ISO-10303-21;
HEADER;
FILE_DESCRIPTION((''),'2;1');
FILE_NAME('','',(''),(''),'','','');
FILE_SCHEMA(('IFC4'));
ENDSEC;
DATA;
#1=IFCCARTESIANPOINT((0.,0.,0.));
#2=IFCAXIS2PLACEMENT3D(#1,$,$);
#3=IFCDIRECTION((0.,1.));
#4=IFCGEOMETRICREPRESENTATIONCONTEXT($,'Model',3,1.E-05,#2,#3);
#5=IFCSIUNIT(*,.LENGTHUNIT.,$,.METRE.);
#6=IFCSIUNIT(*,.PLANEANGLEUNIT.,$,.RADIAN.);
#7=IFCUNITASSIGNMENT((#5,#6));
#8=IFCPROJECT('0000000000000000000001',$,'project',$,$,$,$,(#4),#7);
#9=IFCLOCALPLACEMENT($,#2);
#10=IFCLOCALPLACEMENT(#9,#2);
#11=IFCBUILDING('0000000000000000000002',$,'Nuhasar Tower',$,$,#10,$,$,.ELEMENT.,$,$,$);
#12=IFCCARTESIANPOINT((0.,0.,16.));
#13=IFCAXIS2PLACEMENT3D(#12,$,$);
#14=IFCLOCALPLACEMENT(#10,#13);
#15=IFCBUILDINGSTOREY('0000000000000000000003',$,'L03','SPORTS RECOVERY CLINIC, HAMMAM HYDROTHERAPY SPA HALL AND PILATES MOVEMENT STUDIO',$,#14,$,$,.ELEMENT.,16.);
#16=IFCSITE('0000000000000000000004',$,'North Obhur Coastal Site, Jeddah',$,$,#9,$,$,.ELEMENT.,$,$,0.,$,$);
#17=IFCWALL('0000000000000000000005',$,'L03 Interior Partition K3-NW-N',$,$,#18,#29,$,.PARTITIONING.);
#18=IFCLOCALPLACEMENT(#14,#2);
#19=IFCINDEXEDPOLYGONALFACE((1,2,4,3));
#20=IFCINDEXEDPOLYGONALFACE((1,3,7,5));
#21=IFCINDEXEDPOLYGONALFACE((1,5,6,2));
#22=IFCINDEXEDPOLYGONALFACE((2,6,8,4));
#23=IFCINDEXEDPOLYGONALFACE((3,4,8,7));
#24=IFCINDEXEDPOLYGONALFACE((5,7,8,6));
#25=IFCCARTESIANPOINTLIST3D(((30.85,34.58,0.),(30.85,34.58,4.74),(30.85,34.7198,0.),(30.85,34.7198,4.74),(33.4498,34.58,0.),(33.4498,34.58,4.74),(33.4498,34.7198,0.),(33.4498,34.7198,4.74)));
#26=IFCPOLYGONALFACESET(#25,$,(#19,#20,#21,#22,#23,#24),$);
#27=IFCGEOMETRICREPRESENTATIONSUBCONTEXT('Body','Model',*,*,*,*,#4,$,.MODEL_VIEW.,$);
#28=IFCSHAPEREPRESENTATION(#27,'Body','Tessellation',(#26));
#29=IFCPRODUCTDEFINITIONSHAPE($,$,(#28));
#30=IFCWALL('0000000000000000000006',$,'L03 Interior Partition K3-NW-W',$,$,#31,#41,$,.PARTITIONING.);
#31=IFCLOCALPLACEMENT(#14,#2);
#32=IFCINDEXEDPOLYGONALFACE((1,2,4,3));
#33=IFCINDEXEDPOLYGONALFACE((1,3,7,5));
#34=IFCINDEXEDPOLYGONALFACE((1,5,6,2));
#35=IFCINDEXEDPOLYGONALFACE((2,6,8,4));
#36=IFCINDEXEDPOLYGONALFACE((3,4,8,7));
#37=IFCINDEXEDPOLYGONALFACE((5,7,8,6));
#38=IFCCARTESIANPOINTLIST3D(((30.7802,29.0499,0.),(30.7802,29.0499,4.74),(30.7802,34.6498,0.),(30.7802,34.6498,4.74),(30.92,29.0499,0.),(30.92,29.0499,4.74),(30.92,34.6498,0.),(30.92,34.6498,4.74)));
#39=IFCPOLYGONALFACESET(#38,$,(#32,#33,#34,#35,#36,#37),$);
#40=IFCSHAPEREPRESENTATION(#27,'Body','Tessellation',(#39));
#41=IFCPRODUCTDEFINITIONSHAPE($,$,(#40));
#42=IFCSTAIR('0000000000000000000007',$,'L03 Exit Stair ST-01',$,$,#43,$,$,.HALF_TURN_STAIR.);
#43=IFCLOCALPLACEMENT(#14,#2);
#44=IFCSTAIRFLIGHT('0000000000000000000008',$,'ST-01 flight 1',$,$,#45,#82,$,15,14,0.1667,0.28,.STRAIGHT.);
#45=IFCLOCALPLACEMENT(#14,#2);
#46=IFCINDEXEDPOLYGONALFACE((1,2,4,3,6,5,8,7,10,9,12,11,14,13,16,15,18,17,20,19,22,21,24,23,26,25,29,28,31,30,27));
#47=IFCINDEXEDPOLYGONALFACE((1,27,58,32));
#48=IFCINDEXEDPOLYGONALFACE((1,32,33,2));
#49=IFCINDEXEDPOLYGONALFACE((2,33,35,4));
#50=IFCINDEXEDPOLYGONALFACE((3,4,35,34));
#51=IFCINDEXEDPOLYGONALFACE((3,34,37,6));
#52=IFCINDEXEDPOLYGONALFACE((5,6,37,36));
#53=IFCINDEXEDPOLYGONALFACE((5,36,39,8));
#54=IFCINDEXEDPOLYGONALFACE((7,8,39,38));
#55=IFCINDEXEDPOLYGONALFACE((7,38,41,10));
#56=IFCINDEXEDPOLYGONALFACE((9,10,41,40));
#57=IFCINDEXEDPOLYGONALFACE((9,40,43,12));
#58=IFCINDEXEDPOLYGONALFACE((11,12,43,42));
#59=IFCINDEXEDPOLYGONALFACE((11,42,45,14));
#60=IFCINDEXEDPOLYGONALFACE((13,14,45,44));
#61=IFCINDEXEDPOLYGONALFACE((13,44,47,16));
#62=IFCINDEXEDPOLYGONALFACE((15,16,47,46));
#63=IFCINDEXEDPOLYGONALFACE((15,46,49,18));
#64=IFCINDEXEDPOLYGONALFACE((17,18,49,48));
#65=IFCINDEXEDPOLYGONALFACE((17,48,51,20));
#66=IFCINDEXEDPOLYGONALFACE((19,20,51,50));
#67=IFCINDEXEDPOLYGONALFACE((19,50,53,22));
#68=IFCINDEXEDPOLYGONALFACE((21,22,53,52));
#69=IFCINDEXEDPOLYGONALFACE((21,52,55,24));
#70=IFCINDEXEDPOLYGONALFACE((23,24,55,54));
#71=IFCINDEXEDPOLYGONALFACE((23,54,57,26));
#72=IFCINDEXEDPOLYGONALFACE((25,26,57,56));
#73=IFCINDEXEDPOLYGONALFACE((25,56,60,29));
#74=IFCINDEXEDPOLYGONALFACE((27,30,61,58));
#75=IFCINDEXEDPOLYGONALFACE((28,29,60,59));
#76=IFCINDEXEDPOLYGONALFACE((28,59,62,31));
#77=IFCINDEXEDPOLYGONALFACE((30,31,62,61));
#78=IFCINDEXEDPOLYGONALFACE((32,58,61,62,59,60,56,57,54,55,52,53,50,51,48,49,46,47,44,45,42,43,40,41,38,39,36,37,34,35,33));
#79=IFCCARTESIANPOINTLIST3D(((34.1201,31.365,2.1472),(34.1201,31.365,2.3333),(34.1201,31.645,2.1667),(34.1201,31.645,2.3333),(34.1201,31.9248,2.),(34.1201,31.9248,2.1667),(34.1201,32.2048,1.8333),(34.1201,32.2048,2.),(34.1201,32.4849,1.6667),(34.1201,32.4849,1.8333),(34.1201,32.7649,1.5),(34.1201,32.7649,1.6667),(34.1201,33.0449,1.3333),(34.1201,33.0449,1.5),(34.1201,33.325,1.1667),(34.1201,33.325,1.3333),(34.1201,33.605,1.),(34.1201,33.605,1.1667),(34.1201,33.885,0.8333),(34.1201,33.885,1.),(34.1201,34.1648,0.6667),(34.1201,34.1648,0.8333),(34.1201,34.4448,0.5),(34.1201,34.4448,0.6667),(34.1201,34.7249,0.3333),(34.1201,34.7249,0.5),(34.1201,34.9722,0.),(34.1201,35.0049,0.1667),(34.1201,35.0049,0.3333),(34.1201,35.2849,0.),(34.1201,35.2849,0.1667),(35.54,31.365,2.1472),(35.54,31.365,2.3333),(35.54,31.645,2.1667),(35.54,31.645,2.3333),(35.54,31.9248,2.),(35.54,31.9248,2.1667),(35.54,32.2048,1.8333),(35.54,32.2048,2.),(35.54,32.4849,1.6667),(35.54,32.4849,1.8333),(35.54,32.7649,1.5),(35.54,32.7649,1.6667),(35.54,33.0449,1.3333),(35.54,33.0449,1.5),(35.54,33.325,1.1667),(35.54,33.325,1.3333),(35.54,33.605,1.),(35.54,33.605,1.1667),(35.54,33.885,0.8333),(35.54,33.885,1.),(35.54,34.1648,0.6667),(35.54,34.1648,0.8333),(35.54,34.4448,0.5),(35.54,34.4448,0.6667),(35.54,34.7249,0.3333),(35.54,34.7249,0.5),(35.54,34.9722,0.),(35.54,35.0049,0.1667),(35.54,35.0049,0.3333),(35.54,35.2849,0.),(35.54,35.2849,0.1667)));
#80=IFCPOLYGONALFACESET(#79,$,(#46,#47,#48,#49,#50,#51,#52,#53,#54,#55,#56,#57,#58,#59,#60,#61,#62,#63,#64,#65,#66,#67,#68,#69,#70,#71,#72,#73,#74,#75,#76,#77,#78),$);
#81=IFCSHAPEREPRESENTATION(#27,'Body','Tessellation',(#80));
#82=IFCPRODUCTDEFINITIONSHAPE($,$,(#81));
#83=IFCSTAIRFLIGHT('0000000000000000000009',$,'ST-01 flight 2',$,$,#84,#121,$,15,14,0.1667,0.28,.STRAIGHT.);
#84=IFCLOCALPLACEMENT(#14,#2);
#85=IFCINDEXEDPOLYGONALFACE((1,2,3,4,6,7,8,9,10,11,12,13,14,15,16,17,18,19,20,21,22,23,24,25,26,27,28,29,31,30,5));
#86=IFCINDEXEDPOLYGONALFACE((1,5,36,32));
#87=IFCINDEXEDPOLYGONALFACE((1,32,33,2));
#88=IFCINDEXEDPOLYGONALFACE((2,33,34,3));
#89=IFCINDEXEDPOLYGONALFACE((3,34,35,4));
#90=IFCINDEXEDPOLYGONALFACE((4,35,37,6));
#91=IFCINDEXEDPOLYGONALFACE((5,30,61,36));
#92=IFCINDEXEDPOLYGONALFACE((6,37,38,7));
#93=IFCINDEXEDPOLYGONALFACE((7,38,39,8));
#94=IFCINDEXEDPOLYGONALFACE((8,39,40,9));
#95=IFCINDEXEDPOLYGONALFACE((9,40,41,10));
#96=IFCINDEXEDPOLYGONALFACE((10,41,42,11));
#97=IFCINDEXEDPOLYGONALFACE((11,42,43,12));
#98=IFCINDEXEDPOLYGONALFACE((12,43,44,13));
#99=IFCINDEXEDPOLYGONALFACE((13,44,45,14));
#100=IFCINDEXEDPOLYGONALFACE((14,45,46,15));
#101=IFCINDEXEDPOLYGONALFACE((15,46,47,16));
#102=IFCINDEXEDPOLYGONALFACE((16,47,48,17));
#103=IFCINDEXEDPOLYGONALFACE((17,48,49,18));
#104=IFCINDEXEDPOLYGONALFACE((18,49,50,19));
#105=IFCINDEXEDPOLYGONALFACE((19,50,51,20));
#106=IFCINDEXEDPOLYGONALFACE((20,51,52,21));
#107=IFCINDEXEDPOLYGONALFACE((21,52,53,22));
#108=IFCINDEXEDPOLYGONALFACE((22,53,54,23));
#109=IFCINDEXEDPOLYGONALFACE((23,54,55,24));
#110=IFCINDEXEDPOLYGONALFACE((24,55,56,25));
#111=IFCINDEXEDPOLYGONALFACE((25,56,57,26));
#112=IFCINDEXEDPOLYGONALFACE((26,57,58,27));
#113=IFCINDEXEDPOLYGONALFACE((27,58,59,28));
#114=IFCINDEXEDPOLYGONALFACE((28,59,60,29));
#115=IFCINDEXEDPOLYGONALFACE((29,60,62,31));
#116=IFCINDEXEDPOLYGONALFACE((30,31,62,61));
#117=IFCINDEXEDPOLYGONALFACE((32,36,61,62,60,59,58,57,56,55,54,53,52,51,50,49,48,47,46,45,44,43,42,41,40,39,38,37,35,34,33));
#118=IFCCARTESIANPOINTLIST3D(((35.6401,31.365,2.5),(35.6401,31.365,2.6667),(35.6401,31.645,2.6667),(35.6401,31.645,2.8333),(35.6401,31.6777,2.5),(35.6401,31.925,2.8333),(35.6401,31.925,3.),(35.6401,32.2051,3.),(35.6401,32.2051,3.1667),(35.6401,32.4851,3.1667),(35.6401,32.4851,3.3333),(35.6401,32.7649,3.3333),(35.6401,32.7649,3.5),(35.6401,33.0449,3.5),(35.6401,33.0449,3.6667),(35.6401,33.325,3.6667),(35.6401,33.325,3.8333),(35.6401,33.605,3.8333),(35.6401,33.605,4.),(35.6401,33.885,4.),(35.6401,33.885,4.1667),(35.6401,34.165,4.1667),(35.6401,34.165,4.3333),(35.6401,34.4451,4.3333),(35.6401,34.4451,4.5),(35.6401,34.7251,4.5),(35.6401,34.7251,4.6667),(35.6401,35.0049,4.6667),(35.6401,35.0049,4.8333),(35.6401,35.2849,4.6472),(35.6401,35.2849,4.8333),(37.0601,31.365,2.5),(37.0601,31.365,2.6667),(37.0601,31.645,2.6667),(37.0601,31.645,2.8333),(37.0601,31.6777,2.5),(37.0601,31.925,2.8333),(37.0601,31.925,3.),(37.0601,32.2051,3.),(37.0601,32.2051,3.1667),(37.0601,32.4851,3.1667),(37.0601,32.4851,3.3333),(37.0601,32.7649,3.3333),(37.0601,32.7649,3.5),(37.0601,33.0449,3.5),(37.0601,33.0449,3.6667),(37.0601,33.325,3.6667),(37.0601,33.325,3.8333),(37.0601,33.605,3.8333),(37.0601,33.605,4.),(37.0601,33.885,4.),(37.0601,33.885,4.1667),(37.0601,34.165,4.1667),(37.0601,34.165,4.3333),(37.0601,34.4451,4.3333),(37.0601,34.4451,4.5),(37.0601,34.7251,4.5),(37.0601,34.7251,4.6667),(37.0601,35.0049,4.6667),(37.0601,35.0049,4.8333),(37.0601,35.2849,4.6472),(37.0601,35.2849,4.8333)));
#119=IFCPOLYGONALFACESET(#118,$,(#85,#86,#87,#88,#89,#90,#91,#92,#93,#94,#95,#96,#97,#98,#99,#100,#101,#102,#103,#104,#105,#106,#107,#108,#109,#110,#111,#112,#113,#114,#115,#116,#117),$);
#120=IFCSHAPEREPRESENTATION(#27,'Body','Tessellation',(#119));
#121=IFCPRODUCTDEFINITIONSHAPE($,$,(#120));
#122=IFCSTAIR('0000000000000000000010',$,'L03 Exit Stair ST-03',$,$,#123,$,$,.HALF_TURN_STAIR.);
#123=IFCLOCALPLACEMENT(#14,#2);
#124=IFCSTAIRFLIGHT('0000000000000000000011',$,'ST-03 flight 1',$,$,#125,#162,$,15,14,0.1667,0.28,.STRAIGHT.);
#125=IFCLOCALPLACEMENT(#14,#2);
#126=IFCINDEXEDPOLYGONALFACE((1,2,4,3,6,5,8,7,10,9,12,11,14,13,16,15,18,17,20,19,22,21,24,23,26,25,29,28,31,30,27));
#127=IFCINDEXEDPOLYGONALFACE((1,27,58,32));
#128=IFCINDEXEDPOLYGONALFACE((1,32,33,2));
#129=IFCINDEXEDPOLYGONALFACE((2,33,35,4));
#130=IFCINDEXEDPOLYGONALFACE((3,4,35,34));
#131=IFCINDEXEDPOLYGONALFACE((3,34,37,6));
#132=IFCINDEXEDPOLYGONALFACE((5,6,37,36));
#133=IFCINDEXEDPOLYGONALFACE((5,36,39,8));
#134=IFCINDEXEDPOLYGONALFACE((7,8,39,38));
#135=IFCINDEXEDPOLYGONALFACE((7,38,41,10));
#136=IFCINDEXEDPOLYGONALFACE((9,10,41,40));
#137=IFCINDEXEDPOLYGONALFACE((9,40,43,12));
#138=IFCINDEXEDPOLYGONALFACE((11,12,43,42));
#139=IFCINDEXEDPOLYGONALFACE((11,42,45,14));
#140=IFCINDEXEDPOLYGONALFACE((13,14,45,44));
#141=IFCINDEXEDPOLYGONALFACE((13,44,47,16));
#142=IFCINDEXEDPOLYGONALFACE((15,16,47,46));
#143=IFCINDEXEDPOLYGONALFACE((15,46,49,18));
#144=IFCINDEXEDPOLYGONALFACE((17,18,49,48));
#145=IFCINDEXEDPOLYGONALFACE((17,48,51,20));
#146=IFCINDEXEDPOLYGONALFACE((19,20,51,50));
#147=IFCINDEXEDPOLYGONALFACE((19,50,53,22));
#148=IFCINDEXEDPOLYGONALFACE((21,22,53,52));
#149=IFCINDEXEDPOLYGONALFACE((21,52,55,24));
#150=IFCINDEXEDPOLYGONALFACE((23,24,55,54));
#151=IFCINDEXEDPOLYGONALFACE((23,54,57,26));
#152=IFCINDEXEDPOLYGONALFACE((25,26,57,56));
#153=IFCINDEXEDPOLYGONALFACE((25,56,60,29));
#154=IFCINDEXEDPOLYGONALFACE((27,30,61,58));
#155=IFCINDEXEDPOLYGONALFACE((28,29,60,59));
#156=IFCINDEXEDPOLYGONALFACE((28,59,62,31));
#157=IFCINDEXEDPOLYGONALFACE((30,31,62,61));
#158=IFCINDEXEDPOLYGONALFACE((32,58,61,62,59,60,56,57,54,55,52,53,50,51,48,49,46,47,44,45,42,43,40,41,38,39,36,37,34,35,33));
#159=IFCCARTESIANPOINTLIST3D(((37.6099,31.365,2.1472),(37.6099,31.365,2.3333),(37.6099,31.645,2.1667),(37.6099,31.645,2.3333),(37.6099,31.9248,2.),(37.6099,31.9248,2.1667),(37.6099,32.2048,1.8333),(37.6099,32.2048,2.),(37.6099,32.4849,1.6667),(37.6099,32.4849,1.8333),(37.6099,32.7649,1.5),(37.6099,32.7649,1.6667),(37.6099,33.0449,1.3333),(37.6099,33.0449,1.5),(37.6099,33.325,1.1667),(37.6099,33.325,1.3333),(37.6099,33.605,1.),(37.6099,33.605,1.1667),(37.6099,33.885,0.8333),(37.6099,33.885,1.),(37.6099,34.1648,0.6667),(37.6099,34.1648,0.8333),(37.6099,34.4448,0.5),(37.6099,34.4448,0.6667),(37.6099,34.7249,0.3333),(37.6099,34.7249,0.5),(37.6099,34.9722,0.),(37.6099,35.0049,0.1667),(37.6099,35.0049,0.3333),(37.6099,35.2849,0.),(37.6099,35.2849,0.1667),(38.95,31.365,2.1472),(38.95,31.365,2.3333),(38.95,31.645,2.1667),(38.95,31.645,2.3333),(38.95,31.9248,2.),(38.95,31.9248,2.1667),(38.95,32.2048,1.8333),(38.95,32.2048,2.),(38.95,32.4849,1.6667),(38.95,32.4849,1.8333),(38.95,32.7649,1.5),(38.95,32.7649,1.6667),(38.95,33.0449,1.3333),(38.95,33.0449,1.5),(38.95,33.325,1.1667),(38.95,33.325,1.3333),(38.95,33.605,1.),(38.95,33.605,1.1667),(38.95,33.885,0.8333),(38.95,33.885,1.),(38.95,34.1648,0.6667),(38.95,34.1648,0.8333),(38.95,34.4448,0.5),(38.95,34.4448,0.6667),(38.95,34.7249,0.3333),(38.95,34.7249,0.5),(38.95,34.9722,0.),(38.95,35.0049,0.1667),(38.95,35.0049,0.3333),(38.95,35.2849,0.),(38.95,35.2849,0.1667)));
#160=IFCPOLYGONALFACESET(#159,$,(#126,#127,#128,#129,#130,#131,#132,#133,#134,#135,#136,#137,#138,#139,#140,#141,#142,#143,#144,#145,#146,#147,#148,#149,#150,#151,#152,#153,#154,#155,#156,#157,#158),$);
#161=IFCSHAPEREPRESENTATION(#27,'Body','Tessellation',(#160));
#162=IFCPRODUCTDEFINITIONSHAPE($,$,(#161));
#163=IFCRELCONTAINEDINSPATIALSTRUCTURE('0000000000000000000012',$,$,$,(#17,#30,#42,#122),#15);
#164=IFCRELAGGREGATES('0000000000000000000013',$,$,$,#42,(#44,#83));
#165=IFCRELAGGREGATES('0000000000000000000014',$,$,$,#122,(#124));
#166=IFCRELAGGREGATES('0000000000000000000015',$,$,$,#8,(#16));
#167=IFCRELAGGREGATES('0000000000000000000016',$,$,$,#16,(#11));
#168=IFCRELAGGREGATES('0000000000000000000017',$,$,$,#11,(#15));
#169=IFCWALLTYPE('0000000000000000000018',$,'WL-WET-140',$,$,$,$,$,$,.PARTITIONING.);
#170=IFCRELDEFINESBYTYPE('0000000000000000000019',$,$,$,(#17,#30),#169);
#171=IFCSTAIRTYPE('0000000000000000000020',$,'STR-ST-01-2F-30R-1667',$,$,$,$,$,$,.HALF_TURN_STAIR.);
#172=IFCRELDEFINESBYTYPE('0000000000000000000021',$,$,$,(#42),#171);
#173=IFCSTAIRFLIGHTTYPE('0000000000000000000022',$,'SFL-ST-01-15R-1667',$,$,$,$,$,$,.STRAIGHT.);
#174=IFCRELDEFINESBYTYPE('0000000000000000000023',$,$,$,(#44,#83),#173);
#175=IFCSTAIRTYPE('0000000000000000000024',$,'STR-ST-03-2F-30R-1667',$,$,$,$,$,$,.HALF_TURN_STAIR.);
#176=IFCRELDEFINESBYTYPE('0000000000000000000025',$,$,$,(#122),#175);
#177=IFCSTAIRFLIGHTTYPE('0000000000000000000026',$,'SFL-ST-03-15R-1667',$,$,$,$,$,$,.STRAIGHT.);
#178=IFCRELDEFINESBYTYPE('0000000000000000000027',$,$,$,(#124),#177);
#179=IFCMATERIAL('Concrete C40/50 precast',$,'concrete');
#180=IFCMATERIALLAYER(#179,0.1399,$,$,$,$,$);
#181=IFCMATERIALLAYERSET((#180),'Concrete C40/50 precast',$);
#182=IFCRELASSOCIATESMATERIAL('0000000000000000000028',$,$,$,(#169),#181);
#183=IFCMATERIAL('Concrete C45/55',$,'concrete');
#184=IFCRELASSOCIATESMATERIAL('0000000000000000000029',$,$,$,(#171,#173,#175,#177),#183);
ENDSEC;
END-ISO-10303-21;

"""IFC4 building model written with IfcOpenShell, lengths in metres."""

from ifc_helpers import new_model, si_unit, direction, frame, frame_2d, origin, place, context, subcontext, project, spatial, polyline, rectangle, outline, extrude, material, layer, layer_set, type_object, element, aggregate, save


model = new_model("IFC4")

# Units and contexts
model_context = context("Model", 3, precision=1e-05, world=origin(), true_north=direction((0.0, 1.0)))
body_context = subcontext(model_context, "Body", "Model", "MODEL_VIEW")
ifc_project = project(units=[si_unit("LENGTHUNIT", "METRE"), si_unit("PLANEANGLEUNIT", "RADIAN")], contexts=[model_context])

# Site, building, storey
site_placement = place(None, origin())
site = spatial("IfcSite", under=ifc_project, at=site_placement, Name="North Obhur Coastal Site, Jeddah", CompositionType="ELEMENT", RefElevation=0.0)
building_placement = place(site_placement, origin())
building = spatial("IfcBuilding", under=site, at=building_placement, Name="Nuhasar Tower", CompositionType="ELEMENT")
storey_placement = place(building_placement, frame((0.0, 0.0, 16.0)))
storey = spatial("IfcBuildingStorey", under=building, at=storey_placement, Name="L03", Description="SPORTS RECOVERY CLINIC, HAMMAM HYDROTHERAPY SPA HALL AND PILATES MOVEMENT STUDIO", CompositionType="ELEMENT", Elevation=16.0)

# Shared definitions
ifc_material_1 = material(Name="Concrete C40/50 precast", Category="concrete")
ifc_layer_1 = layer(ifc_material_1, 0.1399)
ifc_layer_set_1 = layer_set([ifc_layer_1], Name="Concrete C40/50 precast")
wall_type_1 = type_object("IfcWallType", Name="WL-WET-140", PredefinedType="PARTITIONING", material=ifc_layer_set_1)

# Walls
wall_1_placement = place(storey_placement, frame((30.8501, 34.6499, 0.0), z_axis=(0.0, 0.0, 1.0), x_axis=(1.0, 0.0, 0.0)))
element("IfcWall", 1, at=wall_1_placement, inside=storey, type_object=wall_type_1, Name="L03 Interior Partition K3-NW-N", PredefinedType="PARTITIONING", context=body_context, shape_type="SweptSolid", body=[
    extrude(rectangle(XDim=2.5999, YDim=0.1399, at=frame_2d((1.2998, 0.0))), origin(), (0.0, 0.0, 1.0), 4.74),
])
wall_2_placement = place(storey_placement, frame((30.8501, 29.05, 0.0), z_axis=(0.0, 0.0, 1.0), x_axis=(0.0, 1.0, 0.0)))
element("IfcWall", 2, at=wall_2_placement, inside=storey, type_object=wall_type_1, Name="L03 Interior Partition K3-NW-W", PredefinedType="PARTITIONING", context=body_context, shape_type="SweptSolid", body=[
    extrude(rectangle(XDim=5.5999, YDim=0.1399, at=frame_2d((2.7998, 0.0))), origin(), (0.0, 0.0, 1.0), 4.74),
])

# Stair, stair flights
ifc_material_2 = material(Name="Concrete C45/55", Category="concrete")
stair_type_1 = type_object("IfcStairType", Name="STR-ST-01-2F-30R-1667", PredefinedType="HALF_TURN_STAIR", material=ifc_material_2)
stair_1_placement = place(storey_placement, origin())
stair_1 = element("IfcStair", 3, at=stair_1_placement, inside=storey, type_object=stair_type_1, Name="L03 Exit Stair ST-01", PredefinedType="HALF_TURN_STAIR")
stair_flight_type_1 = type_object("IfcStairFlightType", Name="SFL-ST-01-15R-1667", PredefinedType="STRAIGHT", material=ifc_material_2)
stair_flight_1_placement = place(storey_placement, frame((34.8301, 35.2849, 0.0), z_axis=(0.0, 0.0, 1.0), x_axis=(0.0, -1.0, 0.0)))
stair_flight_1 = element("IfcStairFlight", 4, at=stair_flight_1_placement, type_object=stair_flight_type_1, Name="ST-01 flight 1", NumberOfRisers=15, NumberOfTreads=14, PredefinedType="STRAIGHT", RiserHeight=0.1667, TreadLength=0.28, context=body_context, shape_type="SweptSolid", body=[
    extrude(outline(polyline([(0.0, 0.0), (0.0, 0.1667), (0.28, 0.1667), (0.28, 0.3333), (0.5601, 0.3333), (0.5601, 0.5), (0.8401, 0.5), (0.8401, 0.6667), (1.1201, 0.6667), (1.1201, 0.8333), (1.3999, 0.8333), (1.3999, 1.0), (1.6799, 1.0), (1.6799, 1.1667), (1.96, 1.1667), (1.96, 1.3333), (2.24, 1.3333), (2.24, 1.5), (2.52, 1.5), (2.52, 1.6667), (2.8, 1.6667), (2.8, 1.8333), (3.0801, 1.8333), (3.0801, 2.0), (3.3601, 2.0), (3.3601, 2.1667), (3.6399, 2.1667), (3.6399, 2.3333), (3.9199, 2.3333), (3.9199, 2.5), (3.9199, 2.1472), (0.3127, 0.0), (0.0, 0.0)])), frame((0.0, 0.71, 0.0), z_axis=(0.0, -1.0, 0.0), x_axis=(1.0, 0.0, 0.0)), (0.0, 0.0, 1.0), 1.4199),
])
stair_flight_2_placement = place(storey_placement, frame((36.3501, 31.365, 2.5), z_axis=(0.0, 0.0, 1.0), x_axis=(0.0, 1.0, 0.0)))
stair_flight_2 = element("IfcStairFlight", 5, at=stair_flight_2_placement, type_object=stair_flight_type_1, Name="ST-01 flight 2", NumberOfRisers=15, NumberOfTreads=14, PredefinedType="STRAIGHT", RiserHeight=0.1667, TreadLength=0.28, context=body_context, shape_type="SweptSolid", body=[
    extrude(outline(polyline([(0.0, 0.0), (0.0, 0.1667), (0.28, 0.1667), (0.28, 0.3333), (0.5601, 0.3333), (0.5601, 0.5), (0.8401, 0.5), (0.8401, 0.6667), (1.1201, 0.6667), (1.1201, 0.8333), (1.3999, 0.8333), (1.3999, 1.0), (1.6799, 1.0), (1.6799, 1.1667), (1.96, 1.1667), (1.96, 1.3333), (2.24, 1.3333), (2.24, 1.5), (2.52, 1.5), (2.52, 1.6667), (2.8, 1.6667), (2.8, 1.8333), (3.0801, 1.8333), (3.0801, 2.0), (3.3601, 2.0), (3.3601, 2.1667), (3.6399, 2.1667), (3.6399, 2.3333), (3.9199, 2.3333), (3.9199, 2.5), (3.9199, 2.1472), (0.3127, 0.0), (0.0, 0.0)])), frame((0.0, 0.71, 0.0), z_axis=(0.0, -1.0, 0.0), x_axis=(1.0, 0.0, 0.0)), (0.0, 0.0, 1.0), 1.4199),
])
aggregate(stair_1, [stair_flight_1, stair_flight_2])

# Stair, stair flight
stair_type_2 = type_object("IfcStairType", Name="STR-ST-03-2F-30R-1667", PredefinedType="HALF_TURN_STAIR", material=ifc_material_2)
stair_2_placement = place(storey_placement, origin())
stair_2 = element("IfcStair", 6, at=stair_2_placement, inside=storey, type_object=stair_type_2, Name="L03 Exit Stair ST-03", PredefinedType="HALF_TURN_STAIR")
stair_flight_type_2 = type_object("IfcStairFlightType", Name="SFL-ST-03-15R-1667", PredefinedType="STRAIGHT", material=ifc_material_2)
stair_flight_3_placement = place(storey_placement, frame((38.28, 35.2849, 0.0), z_axis=(0.0, 0.0, 1.0), x_axis=(0.0, -1.0, 0.0)))
stair_flight_3 = element("IfcStairFlight", 7, at=stair_flight_3_placement, type_object=stair_flight_type_2, Name="ST-03 flight 1", NumberOfRisers=15, NumberOfTreads=14, PredefinedType="STRAIGHT", RiserHeight=0.1667, TreadLength=0.28, context=body_context, shape_type="SweptSolid", body=[
    extrude(outline(polyline([(0.0, 0.0), (0.0, 0.1667), (0.28, 0.1667), (0.28, 0.3333), (0.5601, 0.3333), (0.5601, 0.5), (0.8401, 0.5), (0.8401, 0.6667), (1.1201, 0.6667), (1.1201, 0.8333), (1.3999, 0.8333), (1.3999, 1.0), (1.6799, 1.0), (1.6799, 1.1667), (1.96, 1.1667), (1.96, 1.3333), (2.24, 1.3333), (2.24, 1.5), (2.52, 1.5), (2.52, 1.6667), (2.8, 1.6667), (2.8, 1.8333), (3.0801, 1.8333), (3.0801, 2.0), (3.3601, 2.0), (3.3601, 2.1667), (3.6399, 2.1667), (3.6399, 2.3333), (3.9199, 2.3333), (3.9199, 2.5), (3.9199, 2.1472), (0.3127, 0.0), (0.0, 0.0)])), frame((0.0, 0.6699, 0.0), z_axis=(0.0, -1.0, 0.0), x_axis=(1.0, 0.0, 0.0)), (0.0, 0.0, 1.0), 1.3401),
])
aggregate(stair_2, [stair_flight_3])

save(model, "model.ifc")
